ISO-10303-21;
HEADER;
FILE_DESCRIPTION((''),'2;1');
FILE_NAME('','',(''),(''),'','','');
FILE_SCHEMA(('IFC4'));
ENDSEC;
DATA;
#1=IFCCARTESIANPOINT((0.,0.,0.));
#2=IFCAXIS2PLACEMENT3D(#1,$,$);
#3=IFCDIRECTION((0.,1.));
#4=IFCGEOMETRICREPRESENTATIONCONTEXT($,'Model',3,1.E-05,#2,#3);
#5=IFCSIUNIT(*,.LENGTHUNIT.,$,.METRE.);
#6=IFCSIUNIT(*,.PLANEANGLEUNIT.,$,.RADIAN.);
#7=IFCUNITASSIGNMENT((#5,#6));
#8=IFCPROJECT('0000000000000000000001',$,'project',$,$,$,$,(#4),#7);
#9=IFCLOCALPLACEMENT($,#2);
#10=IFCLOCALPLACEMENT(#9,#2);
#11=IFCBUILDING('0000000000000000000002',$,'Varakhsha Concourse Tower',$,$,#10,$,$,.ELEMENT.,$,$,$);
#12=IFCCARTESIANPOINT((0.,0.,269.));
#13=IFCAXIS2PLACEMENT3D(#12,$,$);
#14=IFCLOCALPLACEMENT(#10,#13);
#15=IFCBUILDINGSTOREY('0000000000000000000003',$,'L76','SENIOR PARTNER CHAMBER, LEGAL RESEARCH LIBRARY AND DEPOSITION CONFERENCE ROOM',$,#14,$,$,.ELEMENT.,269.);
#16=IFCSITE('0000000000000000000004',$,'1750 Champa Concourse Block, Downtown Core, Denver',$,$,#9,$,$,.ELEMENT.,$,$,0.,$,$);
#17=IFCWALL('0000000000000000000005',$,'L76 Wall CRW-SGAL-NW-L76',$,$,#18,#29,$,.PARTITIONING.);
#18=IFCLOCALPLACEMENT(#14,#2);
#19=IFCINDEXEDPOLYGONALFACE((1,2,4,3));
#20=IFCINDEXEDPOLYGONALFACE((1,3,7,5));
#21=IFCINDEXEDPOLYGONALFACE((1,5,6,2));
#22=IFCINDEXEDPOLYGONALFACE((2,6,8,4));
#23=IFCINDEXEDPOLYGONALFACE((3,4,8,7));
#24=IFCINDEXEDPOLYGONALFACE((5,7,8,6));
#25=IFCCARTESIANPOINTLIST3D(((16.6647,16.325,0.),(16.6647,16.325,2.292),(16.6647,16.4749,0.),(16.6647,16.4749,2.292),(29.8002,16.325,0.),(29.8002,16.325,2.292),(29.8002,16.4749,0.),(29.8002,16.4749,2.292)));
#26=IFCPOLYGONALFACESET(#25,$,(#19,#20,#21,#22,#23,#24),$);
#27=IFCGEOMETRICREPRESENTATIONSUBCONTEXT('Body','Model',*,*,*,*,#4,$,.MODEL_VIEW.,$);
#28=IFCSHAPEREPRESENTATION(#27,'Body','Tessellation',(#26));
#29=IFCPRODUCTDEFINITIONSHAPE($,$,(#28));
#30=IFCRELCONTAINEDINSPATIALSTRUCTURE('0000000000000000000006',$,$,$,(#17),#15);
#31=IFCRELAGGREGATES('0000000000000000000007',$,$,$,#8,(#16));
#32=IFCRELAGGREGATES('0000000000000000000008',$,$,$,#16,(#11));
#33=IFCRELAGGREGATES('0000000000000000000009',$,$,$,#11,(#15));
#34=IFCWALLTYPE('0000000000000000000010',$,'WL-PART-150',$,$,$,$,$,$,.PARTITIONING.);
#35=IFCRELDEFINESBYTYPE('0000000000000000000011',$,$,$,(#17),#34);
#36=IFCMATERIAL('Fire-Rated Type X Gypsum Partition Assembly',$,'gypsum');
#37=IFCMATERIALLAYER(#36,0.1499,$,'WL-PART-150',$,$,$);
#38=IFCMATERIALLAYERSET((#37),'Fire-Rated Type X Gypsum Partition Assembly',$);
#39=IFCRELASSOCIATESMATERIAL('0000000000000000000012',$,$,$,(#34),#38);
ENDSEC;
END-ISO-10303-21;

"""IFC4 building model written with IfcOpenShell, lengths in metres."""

from ifc_helpers import new_model, si_unit, direction, frame, frame_2d, origin, place, context, subcontext, project, spatial, rectangle, extrude, material, layer, layer_set, type_object, element, save


model = new_model("IFC4")

# Units and contexts
model_context = context("Model", 3, precision=1e-05, world=origin(), true_north=direction((0.0, 1.0)))
body_context = subcontext(model_context, "Body", "Model", "MODEL_VIEW")
ifc_project = project(units=[si_unit("LENGTHUNIT", "METRE"), si_unit("PLANEANGLEUNIT", "RADIAN")], contexts=[model_context])

# Site, building, storey
site_placement = place(None, origin())
site = spatial("IfcSite", under=ifc_project, at=site_placement, Name="1750 Champa Concourse Block, Downtown Core, Denver", CompositionType="ELEMENT", RefElevation=0.0)
building_placement = place(site_placement, origin())
building = spatial("IfcBuilding", under=site, at=building_placement, Name="Varakhsha Concourse Tower", CompositionType="ELEMENT")
storey_placement = place(building_placement, frame((0.0, 0.0, 269.0)))
storey = spatial("IfcBuildingStorey", under=building, at=storey_placement, Name="L76", Description="SENIOR PARTNER CHAMBER, LEGAL RESEARCH LIBRARY AND DEPOSITION CONFERENCE ROOM", CompositionType="ELEMENT", Elevation=269.0)

# Wall
ifc_material_1 = material(Name="Fire-Rated Type X Gypsum Partition Assembly", Category="gypsum")
ifc_layer_1 = layer(ifc_material_1, 0.1499, Name="WL-PART-150")
ifc_layer_set_1 = layer_set([ifc_layer_1], Name="Fire-Rated Type X Gypsum Partition Assembly")
wall_type_1 = type_object("IfcWallType", Name="WL-PART-150", PredefinedType="PARTITIONING", material=ifc_layer_set_1)
wall_1_placement = place(storey_placement, frame((16.6646, 16.3999, 0.0), z_axis=(0.0, 0.0, 1.0), x_axis=(1.0, 0.0, 0.0)))
element("IfcWall", 1, at=wall_1_placement, inside=storey, type_object=wall_type_1, Name="L76 Wall CRW-SGAL-NW-L76", PredefinedType="PARTITIONING", context=body_context, shape_type="SweptSolid", body=[
    extrude(rectangle(XDim=13.1355, YDim=0.1499, at=frame_2d((6.5679, 0.0))), origin(), (0.0, 0.0, 1.0), 2.292),
])

save(model, "model.ifc")
